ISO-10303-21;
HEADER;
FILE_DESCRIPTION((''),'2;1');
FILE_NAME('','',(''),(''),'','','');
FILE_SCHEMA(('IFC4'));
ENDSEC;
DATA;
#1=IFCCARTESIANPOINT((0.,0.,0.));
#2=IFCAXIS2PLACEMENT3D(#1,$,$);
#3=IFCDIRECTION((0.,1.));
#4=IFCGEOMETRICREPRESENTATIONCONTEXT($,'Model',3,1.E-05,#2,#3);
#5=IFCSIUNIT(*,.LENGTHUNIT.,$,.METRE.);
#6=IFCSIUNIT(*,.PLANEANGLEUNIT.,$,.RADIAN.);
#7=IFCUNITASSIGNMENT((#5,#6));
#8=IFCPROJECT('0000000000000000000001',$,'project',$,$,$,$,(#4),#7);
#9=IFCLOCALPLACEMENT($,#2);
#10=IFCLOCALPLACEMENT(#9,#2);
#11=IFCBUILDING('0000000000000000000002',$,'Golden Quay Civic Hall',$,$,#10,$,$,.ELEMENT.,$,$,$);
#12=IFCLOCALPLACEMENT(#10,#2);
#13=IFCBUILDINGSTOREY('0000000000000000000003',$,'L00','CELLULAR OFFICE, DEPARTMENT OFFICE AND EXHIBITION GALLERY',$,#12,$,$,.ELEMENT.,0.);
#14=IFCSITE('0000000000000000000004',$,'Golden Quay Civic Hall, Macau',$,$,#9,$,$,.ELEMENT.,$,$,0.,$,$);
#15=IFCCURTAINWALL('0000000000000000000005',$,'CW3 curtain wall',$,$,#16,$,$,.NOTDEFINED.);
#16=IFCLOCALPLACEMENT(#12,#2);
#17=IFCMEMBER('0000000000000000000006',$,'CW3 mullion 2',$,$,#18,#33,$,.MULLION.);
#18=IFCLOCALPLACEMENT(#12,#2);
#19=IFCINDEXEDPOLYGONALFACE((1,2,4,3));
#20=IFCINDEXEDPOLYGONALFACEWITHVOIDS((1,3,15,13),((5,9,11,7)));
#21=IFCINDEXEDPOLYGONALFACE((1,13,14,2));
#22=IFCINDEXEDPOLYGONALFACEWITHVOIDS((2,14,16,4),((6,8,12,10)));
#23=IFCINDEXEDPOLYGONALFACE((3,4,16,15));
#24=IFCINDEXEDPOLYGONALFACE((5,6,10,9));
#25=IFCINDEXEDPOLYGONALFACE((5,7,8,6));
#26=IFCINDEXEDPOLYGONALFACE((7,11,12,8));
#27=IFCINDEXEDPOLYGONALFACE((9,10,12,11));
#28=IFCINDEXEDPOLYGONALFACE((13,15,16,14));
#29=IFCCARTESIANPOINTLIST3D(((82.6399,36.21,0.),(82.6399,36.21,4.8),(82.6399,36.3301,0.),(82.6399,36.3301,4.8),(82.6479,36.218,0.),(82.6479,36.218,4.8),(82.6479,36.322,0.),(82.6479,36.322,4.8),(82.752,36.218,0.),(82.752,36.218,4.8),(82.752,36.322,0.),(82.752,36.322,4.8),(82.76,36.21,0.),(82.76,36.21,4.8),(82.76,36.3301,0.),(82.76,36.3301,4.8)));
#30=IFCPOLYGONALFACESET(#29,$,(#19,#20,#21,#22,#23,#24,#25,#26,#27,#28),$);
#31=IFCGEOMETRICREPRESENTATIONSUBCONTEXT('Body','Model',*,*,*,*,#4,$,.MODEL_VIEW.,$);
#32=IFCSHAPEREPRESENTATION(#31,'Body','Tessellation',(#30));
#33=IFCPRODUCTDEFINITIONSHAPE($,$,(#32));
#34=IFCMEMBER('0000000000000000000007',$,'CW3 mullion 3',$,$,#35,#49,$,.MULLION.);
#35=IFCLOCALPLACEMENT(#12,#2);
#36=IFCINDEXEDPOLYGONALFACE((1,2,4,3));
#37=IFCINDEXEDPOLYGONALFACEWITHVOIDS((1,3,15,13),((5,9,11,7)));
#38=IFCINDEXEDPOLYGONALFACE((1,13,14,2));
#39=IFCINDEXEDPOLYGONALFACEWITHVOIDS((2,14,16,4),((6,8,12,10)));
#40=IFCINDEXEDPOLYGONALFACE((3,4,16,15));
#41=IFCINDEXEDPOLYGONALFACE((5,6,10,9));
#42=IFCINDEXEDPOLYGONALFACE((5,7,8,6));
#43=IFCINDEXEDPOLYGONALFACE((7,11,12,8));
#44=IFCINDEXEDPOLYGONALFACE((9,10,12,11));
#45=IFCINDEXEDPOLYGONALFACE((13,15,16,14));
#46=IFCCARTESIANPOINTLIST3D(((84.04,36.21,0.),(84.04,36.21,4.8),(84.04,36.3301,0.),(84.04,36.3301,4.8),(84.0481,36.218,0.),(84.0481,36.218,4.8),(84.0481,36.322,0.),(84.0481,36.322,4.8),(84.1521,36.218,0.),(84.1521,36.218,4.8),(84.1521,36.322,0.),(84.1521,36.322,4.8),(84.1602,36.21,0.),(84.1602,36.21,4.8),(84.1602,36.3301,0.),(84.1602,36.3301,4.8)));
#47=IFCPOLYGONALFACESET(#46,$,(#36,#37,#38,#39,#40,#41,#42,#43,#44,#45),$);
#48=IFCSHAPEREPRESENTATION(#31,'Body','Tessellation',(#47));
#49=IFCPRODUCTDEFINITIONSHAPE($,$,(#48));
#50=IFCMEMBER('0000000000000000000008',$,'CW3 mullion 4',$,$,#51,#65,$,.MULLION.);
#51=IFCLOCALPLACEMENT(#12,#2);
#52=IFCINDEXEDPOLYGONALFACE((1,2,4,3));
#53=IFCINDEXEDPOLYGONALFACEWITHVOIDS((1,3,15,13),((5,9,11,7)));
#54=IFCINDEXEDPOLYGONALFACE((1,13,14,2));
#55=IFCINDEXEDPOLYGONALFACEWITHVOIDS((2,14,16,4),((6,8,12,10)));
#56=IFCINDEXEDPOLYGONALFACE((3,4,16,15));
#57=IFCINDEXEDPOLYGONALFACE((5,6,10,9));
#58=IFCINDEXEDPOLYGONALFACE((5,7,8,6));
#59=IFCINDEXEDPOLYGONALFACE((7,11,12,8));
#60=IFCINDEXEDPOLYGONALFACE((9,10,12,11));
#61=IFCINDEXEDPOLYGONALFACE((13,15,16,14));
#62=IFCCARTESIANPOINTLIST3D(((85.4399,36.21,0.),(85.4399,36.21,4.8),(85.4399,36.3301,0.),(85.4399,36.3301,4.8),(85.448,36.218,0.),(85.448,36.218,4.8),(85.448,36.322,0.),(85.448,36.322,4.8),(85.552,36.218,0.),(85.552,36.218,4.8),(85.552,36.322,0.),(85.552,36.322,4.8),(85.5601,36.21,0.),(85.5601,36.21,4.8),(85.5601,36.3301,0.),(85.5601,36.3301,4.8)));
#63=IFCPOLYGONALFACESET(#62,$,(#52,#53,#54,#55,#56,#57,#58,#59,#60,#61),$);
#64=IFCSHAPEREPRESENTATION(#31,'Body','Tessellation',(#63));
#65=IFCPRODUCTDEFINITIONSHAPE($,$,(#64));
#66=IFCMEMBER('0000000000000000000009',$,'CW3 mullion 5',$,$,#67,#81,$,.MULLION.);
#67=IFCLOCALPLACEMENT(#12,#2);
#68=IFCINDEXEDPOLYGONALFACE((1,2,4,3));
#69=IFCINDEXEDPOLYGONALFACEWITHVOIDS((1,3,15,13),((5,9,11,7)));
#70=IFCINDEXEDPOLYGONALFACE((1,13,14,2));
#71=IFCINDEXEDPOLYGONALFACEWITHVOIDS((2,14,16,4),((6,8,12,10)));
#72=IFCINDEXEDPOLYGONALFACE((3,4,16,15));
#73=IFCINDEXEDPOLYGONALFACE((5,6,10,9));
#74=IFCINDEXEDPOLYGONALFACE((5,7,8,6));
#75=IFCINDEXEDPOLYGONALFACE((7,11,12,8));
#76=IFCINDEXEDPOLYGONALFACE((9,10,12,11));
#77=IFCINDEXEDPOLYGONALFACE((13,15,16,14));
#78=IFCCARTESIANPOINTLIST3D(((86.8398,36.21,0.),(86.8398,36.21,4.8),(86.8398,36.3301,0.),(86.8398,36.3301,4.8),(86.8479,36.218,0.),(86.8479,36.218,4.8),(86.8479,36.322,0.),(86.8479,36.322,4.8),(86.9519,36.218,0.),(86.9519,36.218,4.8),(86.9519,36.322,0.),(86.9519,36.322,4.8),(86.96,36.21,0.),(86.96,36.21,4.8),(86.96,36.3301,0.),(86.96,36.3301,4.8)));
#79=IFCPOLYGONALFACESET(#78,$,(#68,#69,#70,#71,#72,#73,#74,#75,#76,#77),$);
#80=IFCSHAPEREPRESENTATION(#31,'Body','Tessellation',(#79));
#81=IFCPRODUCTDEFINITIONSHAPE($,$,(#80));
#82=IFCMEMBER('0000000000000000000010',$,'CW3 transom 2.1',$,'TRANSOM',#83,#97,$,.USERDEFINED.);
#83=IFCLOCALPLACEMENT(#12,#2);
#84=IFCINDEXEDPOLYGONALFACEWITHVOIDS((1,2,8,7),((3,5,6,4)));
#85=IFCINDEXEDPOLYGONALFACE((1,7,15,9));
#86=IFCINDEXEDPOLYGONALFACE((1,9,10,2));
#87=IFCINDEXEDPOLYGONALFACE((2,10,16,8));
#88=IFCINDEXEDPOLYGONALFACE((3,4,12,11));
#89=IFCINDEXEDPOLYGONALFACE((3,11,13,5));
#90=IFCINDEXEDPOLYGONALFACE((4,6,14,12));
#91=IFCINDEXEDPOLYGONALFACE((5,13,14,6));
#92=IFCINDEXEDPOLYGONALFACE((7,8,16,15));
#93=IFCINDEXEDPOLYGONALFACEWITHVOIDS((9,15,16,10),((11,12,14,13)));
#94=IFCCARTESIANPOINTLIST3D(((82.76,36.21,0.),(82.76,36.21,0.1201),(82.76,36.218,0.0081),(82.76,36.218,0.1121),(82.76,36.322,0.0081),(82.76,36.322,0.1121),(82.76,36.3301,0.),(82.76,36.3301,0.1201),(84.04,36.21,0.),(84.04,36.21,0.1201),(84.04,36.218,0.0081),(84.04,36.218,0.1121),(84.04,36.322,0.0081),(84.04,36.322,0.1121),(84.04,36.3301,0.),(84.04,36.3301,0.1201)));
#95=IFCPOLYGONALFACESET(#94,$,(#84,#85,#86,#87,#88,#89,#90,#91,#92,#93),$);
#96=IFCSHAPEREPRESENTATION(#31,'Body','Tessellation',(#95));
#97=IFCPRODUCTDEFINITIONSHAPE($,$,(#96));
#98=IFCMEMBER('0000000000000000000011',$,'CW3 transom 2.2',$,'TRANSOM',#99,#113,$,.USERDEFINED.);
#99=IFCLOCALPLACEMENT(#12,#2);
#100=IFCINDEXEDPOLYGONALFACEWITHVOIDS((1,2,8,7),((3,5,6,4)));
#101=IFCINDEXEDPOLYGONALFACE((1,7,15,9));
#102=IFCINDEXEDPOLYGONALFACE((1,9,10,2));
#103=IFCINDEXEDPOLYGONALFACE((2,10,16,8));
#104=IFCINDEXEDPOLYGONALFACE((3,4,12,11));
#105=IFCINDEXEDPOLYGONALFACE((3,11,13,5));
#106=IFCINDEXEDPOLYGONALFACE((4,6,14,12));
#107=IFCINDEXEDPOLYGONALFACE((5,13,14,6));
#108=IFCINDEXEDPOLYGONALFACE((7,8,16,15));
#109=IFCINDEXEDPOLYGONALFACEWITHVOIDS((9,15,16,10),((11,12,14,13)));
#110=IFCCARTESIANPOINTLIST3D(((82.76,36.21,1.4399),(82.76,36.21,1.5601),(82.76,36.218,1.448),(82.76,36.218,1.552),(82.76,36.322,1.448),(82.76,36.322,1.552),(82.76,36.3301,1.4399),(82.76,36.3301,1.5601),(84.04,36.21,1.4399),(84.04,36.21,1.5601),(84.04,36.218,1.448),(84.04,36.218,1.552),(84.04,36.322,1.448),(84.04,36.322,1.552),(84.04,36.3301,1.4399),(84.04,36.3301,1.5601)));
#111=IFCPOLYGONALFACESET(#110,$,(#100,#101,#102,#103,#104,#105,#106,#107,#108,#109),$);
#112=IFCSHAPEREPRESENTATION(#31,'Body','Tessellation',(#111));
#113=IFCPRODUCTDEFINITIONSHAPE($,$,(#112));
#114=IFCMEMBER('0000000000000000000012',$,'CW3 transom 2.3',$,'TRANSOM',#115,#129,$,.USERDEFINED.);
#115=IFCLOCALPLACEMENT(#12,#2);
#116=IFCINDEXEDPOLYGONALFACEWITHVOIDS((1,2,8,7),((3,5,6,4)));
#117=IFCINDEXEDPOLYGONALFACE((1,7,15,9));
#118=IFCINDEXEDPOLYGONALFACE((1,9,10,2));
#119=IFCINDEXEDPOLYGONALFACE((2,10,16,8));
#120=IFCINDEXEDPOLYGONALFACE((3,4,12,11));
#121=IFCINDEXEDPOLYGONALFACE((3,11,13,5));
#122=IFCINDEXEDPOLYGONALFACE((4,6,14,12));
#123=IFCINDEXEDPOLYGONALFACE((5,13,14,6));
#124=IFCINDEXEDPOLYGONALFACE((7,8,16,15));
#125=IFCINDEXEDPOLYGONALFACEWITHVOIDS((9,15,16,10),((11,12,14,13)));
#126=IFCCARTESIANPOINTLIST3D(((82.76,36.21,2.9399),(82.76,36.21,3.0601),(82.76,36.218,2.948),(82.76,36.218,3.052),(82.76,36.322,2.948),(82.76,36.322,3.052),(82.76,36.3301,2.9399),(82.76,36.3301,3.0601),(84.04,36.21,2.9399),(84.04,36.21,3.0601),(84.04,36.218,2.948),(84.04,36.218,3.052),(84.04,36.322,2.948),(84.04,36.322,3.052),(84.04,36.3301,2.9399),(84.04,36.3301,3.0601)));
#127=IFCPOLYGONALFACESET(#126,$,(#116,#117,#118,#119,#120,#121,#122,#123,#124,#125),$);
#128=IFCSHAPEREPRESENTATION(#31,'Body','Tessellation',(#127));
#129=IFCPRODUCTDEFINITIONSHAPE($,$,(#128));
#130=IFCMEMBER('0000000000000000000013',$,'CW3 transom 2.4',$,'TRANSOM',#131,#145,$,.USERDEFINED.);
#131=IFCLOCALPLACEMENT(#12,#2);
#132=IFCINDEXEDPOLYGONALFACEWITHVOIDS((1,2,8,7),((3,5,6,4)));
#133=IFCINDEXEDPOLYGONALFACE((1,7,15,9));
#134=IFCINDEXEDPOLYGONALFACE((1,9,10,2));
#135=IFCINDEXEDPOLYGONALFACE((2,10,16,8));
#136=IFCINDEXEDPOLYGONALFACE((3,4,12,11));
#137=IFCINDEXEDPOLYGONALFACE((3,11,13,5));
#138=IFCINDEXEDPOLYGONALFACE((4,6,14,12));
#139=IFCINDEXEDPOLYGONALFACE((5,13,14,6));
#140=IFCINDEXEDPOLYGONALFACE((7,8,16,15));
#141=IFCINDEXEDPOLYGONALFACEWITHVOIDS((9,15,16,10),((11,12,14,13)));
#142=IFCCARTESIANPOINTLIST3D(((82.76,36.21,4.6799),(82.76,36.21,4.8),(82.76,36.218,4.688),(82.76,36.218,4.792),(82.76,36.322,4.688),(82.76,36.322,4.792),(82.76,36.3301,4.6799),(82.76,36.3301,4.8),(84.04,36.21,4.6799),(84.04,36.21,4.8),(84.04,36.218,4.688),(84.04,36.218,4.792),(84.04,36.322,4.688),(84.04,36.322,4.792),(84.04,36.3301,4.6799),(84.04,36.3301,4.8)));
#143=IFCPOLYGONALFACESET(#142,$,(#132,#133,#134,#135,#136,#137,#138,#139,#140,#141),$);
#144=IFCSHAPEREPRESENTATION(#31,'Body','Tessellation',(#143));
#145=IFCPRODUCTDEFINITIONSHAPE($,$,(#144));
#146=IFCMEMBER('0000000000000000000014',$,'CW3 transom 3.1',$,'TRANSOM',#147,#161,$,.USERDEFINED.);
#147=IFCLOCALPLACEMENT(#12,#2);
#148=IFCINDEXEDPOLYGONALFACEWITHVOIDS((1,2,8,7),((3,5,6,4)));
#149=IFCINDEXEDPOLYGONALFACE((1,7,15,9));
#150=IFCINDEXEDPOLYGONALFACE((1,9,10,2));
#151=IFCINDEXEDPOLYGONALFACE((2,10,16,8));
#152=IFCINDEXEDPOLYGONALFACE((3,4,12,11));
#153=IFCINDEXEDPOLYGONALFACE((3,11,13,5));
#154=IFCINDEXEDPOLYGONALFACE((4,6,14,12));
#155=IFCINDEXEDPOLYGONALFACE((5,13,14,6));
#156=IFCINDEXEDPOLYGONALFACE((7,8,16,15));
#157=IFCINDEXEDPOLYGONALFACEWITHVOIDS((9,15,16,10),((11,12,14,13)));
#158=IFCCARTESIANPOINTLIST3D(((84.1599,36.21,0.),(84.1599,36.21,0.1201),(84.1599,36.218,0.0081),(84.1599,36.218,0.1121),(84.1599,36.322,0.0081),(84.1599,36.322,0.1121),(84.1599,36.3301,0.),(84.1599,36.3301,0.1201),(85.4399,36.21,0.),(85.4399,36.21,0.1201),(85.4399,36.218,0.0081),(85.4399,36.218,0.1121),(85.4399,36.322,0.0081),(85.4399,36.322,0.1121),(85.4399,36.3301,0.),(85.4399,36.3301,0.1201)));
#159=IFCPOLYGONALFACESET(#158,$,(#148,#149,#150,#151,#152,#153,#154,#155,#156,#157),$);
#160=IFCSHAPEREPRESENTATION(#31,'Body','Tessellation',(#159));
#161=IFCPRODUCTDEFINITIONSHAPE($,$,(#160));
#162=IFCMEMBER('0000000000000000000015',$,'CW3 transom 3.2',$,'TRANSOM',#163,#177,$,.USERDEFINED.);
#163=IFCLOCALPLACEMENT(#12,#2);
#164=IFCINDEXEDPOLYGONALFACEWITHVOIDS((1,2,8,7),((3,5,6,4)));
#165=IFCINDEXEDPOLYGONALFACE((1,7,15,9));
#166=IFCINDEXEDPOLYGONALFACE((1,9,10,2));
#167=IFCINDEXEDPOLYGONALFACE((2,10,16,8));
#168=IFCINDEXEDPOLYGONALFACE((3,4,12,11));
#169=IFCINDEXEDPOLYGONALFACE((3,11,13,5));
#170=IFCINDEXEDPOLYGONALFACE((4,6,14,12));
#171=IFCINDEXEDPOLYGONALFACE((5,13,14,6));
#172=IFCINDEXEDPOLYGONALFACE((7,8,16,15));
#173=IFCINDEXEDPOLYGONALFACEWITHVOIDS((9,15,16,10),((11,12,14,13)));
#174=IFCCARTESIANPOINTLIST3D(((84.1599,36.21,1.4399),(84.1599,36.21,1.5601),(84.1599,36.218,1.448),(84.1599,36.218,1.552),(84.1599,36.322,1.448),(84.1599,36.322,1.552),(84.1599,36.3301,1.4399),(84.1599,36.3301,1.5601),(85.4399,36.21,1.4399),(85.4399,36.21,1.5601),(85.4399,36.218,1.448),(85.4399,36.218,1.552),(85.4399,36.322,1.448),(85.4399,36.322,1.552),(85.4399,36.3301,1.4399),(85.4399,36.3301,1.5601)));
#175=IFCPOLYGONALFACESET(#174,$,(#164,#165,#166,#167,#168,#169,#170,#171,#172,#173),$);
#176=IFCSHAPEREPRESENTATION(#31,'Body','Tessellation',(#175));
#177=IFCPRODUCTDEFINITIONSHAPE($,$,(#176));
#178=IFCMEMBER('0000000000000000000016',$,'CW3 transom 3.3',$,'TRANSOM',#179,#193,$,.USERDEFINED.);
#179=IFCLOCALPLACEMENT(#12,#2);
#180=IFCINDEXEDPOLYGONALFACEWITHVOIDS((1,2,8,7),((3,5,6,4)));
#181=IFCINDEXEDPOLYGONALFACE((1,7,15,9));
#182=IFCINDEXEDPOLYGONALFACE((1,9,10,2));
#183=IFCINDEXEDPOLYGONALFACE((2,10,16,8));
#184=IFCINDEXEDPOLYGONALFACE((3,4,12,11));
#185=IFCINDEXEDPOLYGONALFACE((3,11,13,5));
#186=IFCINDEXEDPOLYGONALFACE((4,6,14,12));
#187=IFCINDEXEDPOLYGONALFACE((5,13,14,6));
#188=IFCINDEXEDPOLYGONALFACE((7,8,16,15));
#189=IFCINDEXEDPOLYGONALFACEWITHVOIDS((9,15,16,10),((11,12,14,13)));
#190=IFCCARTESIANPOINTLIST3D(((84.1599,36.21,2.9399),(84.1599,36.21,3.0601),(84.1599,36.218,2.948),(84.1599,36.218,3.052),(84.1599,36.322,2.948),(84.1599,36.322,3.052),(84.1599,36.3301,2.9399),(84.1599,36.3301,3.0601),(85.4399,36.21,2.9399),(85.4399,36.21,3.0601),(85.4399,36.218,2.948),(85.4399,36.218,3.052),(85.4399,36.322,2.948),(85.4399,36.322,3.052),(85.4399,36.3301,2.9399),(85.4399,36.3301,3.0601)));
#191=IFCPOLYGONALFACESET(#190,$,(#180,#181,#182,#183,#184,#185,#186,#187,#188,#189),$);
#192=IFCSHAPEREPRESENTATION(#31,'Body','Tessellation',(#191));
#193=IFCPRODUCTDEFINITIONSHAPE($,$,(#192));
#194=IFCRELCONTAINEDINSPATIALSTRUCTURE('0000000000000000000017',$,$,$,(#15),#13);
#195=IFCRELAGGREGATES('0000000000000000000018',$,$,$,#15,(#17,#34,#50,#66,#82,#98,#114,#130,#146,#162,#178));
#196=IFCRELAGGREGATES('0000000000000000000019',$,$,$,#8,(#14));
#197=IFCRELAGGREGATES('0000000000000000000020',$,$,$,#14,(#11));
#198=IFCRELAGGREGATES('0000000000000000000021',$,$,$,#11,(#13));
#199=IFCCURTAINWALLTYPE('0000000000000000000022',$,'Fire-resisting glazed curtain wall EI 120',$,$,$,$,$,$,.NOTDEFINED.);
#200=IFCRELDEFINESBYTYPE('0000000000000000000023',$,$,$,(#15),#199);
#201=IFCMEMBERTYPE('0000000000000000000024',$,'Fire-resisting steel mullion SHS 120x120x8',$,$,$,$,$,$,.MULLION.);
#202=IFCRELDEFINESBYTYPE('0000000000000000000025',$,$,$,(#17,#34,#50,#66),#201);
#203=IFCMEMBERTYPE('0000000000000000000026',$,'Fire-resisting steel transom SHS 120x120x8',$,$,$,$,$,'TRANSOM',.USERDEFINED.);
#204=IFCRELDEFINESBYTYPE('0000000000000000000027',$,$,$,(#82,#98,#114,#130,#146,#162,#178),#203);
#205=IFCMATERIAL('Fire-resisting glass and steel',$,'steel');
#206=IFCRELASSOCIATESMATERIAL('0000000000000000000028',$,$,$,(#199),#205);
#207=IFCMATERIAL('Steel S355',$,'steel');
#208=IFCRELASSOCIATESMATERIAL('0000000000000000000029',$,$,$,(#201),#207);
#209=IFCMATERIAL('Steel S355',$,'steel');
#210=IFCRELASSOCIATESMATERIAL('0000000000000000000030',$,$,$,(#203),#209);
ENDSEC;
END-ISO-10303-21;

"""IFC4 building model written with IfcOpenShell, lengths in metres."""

from ifc_helpers import new_model, si_unit, direction, frame, origin, origin_2d, place, context, subcontext, project, spatial, hollow_rectangle, extrude, material, material_profile, profile_set, type_object, element, aggregate, save


model = new_model("IFC4")

# Units and contexts
model_context = context("Model", 3, precision=1e-05, world=origin(), true_north=direction((0.0, 1.0)))
body_context = subcontext(model_context, "Body", "Model", "MODEL_VIEW")
ifc_project = project(units=[si_unit("LENGTHUNIT", "METRE"), si_unit("PLANEANGLEUNIT", "RADIAN")], contexts=[model_context])

# Site, building, storey
site_placement = place(None, origin())
site = spatial("IfcSite", under=ifc_project, at=site_placement, Name="Golden Quay Civic Hall, Macau", CompositionType="ELEMENT", RefElevation=0.0)
building_placement = place(site_placement, origin())
building = spatial("IfcBuilding", under=site, at=building_placement, Name="Golden Quay Civic Hall", CompositionType="ELEMENT")
storey_placement = place(building_placement, origin())
storey = spatial("IfcBuildingStorey", under=building, at=storey_placement, Name="L00", Description="CELLULAR OFFICE, DEPARTMENT OFFICE AND EXHIBITION GALLERY", CompositionType="ELEMENT", Elevation=0.0)

# Curtain wall, members
ifc_material_1 = material(Name="Fire-resisting glass and steel", Category="steel")
curtain_wall_type = type_object("IfcCurtainWallType", Name="Fire-resisting glazed curtain wall EI 120", PredefinedType="NOTDEFINED", material=ifc_material_1)
curtain_wall_placement = place(storey_placement, origin())
curtain_wall = element("IfcCurtainWall", 1, at=curtain_wall_placement, inside=storey, type_object=curtain_wall_type, Name="CW3 curtain wall", PredefinedType="NOTDEFINED")
ifc_material_2 = material(Name="Steel S355", Category="steel")
ifc_material_profile_1 = material_profile(ifc_material_2, hollow_rectangle(XDim=0.1201, YDim=0.1201, WallThickness=0.0081, at=origin_2d()), Name="SHS 120x120x8")
ifc_profile_set_1 = profile_set([ifc_material_profile_1], Name="Steel S355")
member_type_1 = type_object("IfcMemberType", Name="Fire-resisting steel mullion SHS 120x120x8", PredefinedType="MULLION", material=ifc_profile_set_1)
member_1_placement = place(storey_placement, frame((82.7, 36.27, 0.0), z_axis=(0.0, 0.0, 1.0), x_axis=(0.0, 1.0, 0.0)))
member_1 = element("IfcMember", 2, at=member_1_placement, type_object=member_type_1, Name="CW3 mullion 2", PredefinedType="MULLION", context=body_context, shape_type="SweptSolid", body=[
    extrude(hollow_rectangle(XDim=0.1201, YDim=0.1201, WallThickness=0.0081, at=origin_2d()), origin(), (0.0, 0.0, 1.0), 4.8),
])
member_2_placement = place(storey_placement, frame((84.1001, 36.27, 0.0), z_axis=(0.0, 0.0, 1.0), x_axis=(0.0, 1.0, 0.0)))
member_2 = element("IfcMember", 3, at=member_2_placement, type_object=member_type_1, Name="CW3 mullion 3", PredefinedType="MULLION", context=body_context, shape_type="SweptSolid", body=[
    extrude(hollow_rectangle(XDim=0.1201, YDim=0.1201, WallThickness=0.0081, at=origin_2d()), origin(), (0.0, 0.0, 1.0), 4.8),
])
member_3_placement = place(storey_placement, frame((85.5, 36.27, 0.0), z_axis=(0.0, 0.0, 1.0), x_axis=(0.0, 1.0, 0.0)))
member_3 = element("IfcMember", 4, at=member_3_placement, type_object=member_type_1, Name="CW3 mullion 4", PredefinedType="MULLION", context=body_context, shape_type="SweptSolid", body=[
    extrude(hollow_rectangle(XDim=0.1201, YDim=0.1201, WallThickness=0.0081, at=origin_2d()), origin(), (0.0, 0.0, 1.0), 4.8),
])
member_4_placement = place(storey_placement, frame((86.8999, 36.27, 0.0), z_axis=(0.0, 0.0, 1.0), x_axis=(0.0, 1.0, 0.0)))
member_4 = element("IfcMember", 5, at=member_4_placement, type_object=member_type_1, Name="CW3 mullion 5", PredefinedType="MULLION", context=body_context, shape_type="SweptSolid", body=[
    extrude(hollow_rectangle(XDim=0.1201, YDim=0.1201, WallThickness=0.0081, at=origin_2d()), origin(), (0.0, 0.0, 1.0), 4.8),
])
ifc_material_3 = material(Name="Steel S355", Category="steel")
ifc_material_profile_2 = material_profile(ifc_material_3, hollow_rectangle(XDim=0.1201, YDim=0.1201, WallThickness=0.0081, at=origin_2d()), Name="SHS 120x120x8")
ifc_profile_set_2 = profile_set([ifc_material_profile_2], Name="Steel S355")
member_type_2 = type_object("IfcMemberType", Name="Fire-resisting steel transom SHS 120x120x8", ElementType="TRANSOM", PredefinedType="USERDEFINED", material=ifc_profile_set_2)
member_5_placement = place(storey_placement, frame((82.76, 36.27, 0.0601), z_axis=(1.0, 0.0, 0.0), x_axis=(0.0, 1.0, 0.0)))
member_5 = element("IfcMember", 6, at=member_5_placement, type_object=member_type_2, Name="CW3 transom 2.1", ObjectType="TRANSOM", PredefinedType="USERDEFINED", context=body_context, shape_type="SweptSolid", body=[
    extrude(hollow_rectangle(XDim=0.1201, YDim=0.1201, WallThickness=0.0081, at=origin_2d()), origin(), (0.0, 0.0, 1.0), 1.28),
])
member_6_placement = place(storey_placement, frame((82.76, 36.27, 1.5), z_axis=(1.0, 0.0, 0.0), x_axis=(0.0, 1.0, 0.0)))
member_6 = element("IfcMember", 7, at=member_6_placement, type_object=member_type_2, Name="CW3 transom 2.2", ObjectType="TRANSOM", PredefinedType="USERDEFINED", context=body_context, shape_type="SweptSolid", body=[
    extrude(hollow_rectangle(XDim=0.1201, YDim=0.1201, WallThickness=0.0081, at=origin_2d()), origin(), (0.0, 0.0, 1.0), 1.28),
])
member_7_placement = place(storey_placement, frame((82.76, 36.27, 3.0), z_axis=(1.0, 0.0, 0.0), x_axis=(0.0, 1.0, 0.0)))
member_7 = element("IfcMember", 8, at=member_7_placement, type_object=member_type_2, Name="CW3 transom 2.3", ObjectType="TRANSOM", PredefinedType="USERDEFINED", context=body_context, shape_type="SweptSolid", body=[
    extrude(hollow_rectangle(XDim=0.1201, YDim=0.1201, WallThickness=0.0081, at=origin_2d()), origin(), (0.0, 0.0, 1.0), 1.28),
])
member_8_placement = place(storey_placement, frame((82.76, 36.27, 4.74), z_axis=(1.0, 0.0, 0.0), x_axis=(0.0, 1.0, 0.0)))
member_8 = element("IfcMember", 9, at=member_8_placement, type_object=member_type_2, Name="CW3 transom 2.4", ObjectType="TRANSOM", PredefinedType="USERDEFINED", context=body_context, shape_type="SweptSolid", body=[
    extrude(hollow_rectangle(XDim=0.1201, YDim=0.1201, WallThickness=0.0081, at=origin_2d()), origin(), (0.0, 0.0, 1.0), 1.28),
])
member_9_placement = place(storey_placement, frame((84.1599, 36.27, 0.0601), z_axis=(1.0, 0.0, 0.0), x_axis=(0.0, 1.0, 0.0)))
member_9 = element("IfcMember", 10, at=member_9_placement, type_object=member_type_2, Name="CW3 transom 3.1", ObjectType="TRANSOM", PredefinedType="USERDEFINED", context=body_context, shape_type="SweptSolid", body=[
    extrude(hollow_rectangle(XDim=0.1201, YDim=0.1201, WallThickness=0.0081, at=origin_2d()), origin(), (0.0, 0.0, 1.0), 1.28),
])
member_10_placement = place(storey_placement, frame((84.1599, 36.27, 1.5), z_axis=(1.0, 0.0, 0.0), x_axis=(0.0, 1.0, 0.0)))
member_10 = element("IfcMember", 11, at=member_10_placement, type_object=member_type_2, Name="CW3 transom 3.2", ObjectType="TRANSOM", PredefinedType="USERDEFINED", context=body_context, shape_type="SweptSolid", body=[
    extrude(hollow_rectangle(XDim=0.1201, YDim=0.1201, WallThickness=0.0081, at=origin_2d()), origin(), (0.0, 0.0, 1.0), 1.28),
])
member_11_placement = place(storey_placement, frame((84.1599, 36.27, 3.0), z_axis=(1.0, 0.0, 0.0), x_axis=(0.0, 1.0, 0.0)))
member_11 = element("IfcMember", 12, at=member_11_placement, type_object=member_type_2, Name="CW3 transom 3.3", ObjectType="TRANSOM", PredefinedType="USERDEFINED", context=body_context, shape_type="SweptSolid", body=[
    extrude(hollow_rectangle(XDim=0.1201, YDim=0.1201, WallThickness=0.0081, at=origin_2d()), origin(), (0.0, 0.0, 1.0), 1.28),
])
aggregate(curtain_wall, [member_1, member_2, member_3, member_4, member_5, member_6, member_7, member_8, member_9, member_10, member_11])

save(model, "model.ifc")
